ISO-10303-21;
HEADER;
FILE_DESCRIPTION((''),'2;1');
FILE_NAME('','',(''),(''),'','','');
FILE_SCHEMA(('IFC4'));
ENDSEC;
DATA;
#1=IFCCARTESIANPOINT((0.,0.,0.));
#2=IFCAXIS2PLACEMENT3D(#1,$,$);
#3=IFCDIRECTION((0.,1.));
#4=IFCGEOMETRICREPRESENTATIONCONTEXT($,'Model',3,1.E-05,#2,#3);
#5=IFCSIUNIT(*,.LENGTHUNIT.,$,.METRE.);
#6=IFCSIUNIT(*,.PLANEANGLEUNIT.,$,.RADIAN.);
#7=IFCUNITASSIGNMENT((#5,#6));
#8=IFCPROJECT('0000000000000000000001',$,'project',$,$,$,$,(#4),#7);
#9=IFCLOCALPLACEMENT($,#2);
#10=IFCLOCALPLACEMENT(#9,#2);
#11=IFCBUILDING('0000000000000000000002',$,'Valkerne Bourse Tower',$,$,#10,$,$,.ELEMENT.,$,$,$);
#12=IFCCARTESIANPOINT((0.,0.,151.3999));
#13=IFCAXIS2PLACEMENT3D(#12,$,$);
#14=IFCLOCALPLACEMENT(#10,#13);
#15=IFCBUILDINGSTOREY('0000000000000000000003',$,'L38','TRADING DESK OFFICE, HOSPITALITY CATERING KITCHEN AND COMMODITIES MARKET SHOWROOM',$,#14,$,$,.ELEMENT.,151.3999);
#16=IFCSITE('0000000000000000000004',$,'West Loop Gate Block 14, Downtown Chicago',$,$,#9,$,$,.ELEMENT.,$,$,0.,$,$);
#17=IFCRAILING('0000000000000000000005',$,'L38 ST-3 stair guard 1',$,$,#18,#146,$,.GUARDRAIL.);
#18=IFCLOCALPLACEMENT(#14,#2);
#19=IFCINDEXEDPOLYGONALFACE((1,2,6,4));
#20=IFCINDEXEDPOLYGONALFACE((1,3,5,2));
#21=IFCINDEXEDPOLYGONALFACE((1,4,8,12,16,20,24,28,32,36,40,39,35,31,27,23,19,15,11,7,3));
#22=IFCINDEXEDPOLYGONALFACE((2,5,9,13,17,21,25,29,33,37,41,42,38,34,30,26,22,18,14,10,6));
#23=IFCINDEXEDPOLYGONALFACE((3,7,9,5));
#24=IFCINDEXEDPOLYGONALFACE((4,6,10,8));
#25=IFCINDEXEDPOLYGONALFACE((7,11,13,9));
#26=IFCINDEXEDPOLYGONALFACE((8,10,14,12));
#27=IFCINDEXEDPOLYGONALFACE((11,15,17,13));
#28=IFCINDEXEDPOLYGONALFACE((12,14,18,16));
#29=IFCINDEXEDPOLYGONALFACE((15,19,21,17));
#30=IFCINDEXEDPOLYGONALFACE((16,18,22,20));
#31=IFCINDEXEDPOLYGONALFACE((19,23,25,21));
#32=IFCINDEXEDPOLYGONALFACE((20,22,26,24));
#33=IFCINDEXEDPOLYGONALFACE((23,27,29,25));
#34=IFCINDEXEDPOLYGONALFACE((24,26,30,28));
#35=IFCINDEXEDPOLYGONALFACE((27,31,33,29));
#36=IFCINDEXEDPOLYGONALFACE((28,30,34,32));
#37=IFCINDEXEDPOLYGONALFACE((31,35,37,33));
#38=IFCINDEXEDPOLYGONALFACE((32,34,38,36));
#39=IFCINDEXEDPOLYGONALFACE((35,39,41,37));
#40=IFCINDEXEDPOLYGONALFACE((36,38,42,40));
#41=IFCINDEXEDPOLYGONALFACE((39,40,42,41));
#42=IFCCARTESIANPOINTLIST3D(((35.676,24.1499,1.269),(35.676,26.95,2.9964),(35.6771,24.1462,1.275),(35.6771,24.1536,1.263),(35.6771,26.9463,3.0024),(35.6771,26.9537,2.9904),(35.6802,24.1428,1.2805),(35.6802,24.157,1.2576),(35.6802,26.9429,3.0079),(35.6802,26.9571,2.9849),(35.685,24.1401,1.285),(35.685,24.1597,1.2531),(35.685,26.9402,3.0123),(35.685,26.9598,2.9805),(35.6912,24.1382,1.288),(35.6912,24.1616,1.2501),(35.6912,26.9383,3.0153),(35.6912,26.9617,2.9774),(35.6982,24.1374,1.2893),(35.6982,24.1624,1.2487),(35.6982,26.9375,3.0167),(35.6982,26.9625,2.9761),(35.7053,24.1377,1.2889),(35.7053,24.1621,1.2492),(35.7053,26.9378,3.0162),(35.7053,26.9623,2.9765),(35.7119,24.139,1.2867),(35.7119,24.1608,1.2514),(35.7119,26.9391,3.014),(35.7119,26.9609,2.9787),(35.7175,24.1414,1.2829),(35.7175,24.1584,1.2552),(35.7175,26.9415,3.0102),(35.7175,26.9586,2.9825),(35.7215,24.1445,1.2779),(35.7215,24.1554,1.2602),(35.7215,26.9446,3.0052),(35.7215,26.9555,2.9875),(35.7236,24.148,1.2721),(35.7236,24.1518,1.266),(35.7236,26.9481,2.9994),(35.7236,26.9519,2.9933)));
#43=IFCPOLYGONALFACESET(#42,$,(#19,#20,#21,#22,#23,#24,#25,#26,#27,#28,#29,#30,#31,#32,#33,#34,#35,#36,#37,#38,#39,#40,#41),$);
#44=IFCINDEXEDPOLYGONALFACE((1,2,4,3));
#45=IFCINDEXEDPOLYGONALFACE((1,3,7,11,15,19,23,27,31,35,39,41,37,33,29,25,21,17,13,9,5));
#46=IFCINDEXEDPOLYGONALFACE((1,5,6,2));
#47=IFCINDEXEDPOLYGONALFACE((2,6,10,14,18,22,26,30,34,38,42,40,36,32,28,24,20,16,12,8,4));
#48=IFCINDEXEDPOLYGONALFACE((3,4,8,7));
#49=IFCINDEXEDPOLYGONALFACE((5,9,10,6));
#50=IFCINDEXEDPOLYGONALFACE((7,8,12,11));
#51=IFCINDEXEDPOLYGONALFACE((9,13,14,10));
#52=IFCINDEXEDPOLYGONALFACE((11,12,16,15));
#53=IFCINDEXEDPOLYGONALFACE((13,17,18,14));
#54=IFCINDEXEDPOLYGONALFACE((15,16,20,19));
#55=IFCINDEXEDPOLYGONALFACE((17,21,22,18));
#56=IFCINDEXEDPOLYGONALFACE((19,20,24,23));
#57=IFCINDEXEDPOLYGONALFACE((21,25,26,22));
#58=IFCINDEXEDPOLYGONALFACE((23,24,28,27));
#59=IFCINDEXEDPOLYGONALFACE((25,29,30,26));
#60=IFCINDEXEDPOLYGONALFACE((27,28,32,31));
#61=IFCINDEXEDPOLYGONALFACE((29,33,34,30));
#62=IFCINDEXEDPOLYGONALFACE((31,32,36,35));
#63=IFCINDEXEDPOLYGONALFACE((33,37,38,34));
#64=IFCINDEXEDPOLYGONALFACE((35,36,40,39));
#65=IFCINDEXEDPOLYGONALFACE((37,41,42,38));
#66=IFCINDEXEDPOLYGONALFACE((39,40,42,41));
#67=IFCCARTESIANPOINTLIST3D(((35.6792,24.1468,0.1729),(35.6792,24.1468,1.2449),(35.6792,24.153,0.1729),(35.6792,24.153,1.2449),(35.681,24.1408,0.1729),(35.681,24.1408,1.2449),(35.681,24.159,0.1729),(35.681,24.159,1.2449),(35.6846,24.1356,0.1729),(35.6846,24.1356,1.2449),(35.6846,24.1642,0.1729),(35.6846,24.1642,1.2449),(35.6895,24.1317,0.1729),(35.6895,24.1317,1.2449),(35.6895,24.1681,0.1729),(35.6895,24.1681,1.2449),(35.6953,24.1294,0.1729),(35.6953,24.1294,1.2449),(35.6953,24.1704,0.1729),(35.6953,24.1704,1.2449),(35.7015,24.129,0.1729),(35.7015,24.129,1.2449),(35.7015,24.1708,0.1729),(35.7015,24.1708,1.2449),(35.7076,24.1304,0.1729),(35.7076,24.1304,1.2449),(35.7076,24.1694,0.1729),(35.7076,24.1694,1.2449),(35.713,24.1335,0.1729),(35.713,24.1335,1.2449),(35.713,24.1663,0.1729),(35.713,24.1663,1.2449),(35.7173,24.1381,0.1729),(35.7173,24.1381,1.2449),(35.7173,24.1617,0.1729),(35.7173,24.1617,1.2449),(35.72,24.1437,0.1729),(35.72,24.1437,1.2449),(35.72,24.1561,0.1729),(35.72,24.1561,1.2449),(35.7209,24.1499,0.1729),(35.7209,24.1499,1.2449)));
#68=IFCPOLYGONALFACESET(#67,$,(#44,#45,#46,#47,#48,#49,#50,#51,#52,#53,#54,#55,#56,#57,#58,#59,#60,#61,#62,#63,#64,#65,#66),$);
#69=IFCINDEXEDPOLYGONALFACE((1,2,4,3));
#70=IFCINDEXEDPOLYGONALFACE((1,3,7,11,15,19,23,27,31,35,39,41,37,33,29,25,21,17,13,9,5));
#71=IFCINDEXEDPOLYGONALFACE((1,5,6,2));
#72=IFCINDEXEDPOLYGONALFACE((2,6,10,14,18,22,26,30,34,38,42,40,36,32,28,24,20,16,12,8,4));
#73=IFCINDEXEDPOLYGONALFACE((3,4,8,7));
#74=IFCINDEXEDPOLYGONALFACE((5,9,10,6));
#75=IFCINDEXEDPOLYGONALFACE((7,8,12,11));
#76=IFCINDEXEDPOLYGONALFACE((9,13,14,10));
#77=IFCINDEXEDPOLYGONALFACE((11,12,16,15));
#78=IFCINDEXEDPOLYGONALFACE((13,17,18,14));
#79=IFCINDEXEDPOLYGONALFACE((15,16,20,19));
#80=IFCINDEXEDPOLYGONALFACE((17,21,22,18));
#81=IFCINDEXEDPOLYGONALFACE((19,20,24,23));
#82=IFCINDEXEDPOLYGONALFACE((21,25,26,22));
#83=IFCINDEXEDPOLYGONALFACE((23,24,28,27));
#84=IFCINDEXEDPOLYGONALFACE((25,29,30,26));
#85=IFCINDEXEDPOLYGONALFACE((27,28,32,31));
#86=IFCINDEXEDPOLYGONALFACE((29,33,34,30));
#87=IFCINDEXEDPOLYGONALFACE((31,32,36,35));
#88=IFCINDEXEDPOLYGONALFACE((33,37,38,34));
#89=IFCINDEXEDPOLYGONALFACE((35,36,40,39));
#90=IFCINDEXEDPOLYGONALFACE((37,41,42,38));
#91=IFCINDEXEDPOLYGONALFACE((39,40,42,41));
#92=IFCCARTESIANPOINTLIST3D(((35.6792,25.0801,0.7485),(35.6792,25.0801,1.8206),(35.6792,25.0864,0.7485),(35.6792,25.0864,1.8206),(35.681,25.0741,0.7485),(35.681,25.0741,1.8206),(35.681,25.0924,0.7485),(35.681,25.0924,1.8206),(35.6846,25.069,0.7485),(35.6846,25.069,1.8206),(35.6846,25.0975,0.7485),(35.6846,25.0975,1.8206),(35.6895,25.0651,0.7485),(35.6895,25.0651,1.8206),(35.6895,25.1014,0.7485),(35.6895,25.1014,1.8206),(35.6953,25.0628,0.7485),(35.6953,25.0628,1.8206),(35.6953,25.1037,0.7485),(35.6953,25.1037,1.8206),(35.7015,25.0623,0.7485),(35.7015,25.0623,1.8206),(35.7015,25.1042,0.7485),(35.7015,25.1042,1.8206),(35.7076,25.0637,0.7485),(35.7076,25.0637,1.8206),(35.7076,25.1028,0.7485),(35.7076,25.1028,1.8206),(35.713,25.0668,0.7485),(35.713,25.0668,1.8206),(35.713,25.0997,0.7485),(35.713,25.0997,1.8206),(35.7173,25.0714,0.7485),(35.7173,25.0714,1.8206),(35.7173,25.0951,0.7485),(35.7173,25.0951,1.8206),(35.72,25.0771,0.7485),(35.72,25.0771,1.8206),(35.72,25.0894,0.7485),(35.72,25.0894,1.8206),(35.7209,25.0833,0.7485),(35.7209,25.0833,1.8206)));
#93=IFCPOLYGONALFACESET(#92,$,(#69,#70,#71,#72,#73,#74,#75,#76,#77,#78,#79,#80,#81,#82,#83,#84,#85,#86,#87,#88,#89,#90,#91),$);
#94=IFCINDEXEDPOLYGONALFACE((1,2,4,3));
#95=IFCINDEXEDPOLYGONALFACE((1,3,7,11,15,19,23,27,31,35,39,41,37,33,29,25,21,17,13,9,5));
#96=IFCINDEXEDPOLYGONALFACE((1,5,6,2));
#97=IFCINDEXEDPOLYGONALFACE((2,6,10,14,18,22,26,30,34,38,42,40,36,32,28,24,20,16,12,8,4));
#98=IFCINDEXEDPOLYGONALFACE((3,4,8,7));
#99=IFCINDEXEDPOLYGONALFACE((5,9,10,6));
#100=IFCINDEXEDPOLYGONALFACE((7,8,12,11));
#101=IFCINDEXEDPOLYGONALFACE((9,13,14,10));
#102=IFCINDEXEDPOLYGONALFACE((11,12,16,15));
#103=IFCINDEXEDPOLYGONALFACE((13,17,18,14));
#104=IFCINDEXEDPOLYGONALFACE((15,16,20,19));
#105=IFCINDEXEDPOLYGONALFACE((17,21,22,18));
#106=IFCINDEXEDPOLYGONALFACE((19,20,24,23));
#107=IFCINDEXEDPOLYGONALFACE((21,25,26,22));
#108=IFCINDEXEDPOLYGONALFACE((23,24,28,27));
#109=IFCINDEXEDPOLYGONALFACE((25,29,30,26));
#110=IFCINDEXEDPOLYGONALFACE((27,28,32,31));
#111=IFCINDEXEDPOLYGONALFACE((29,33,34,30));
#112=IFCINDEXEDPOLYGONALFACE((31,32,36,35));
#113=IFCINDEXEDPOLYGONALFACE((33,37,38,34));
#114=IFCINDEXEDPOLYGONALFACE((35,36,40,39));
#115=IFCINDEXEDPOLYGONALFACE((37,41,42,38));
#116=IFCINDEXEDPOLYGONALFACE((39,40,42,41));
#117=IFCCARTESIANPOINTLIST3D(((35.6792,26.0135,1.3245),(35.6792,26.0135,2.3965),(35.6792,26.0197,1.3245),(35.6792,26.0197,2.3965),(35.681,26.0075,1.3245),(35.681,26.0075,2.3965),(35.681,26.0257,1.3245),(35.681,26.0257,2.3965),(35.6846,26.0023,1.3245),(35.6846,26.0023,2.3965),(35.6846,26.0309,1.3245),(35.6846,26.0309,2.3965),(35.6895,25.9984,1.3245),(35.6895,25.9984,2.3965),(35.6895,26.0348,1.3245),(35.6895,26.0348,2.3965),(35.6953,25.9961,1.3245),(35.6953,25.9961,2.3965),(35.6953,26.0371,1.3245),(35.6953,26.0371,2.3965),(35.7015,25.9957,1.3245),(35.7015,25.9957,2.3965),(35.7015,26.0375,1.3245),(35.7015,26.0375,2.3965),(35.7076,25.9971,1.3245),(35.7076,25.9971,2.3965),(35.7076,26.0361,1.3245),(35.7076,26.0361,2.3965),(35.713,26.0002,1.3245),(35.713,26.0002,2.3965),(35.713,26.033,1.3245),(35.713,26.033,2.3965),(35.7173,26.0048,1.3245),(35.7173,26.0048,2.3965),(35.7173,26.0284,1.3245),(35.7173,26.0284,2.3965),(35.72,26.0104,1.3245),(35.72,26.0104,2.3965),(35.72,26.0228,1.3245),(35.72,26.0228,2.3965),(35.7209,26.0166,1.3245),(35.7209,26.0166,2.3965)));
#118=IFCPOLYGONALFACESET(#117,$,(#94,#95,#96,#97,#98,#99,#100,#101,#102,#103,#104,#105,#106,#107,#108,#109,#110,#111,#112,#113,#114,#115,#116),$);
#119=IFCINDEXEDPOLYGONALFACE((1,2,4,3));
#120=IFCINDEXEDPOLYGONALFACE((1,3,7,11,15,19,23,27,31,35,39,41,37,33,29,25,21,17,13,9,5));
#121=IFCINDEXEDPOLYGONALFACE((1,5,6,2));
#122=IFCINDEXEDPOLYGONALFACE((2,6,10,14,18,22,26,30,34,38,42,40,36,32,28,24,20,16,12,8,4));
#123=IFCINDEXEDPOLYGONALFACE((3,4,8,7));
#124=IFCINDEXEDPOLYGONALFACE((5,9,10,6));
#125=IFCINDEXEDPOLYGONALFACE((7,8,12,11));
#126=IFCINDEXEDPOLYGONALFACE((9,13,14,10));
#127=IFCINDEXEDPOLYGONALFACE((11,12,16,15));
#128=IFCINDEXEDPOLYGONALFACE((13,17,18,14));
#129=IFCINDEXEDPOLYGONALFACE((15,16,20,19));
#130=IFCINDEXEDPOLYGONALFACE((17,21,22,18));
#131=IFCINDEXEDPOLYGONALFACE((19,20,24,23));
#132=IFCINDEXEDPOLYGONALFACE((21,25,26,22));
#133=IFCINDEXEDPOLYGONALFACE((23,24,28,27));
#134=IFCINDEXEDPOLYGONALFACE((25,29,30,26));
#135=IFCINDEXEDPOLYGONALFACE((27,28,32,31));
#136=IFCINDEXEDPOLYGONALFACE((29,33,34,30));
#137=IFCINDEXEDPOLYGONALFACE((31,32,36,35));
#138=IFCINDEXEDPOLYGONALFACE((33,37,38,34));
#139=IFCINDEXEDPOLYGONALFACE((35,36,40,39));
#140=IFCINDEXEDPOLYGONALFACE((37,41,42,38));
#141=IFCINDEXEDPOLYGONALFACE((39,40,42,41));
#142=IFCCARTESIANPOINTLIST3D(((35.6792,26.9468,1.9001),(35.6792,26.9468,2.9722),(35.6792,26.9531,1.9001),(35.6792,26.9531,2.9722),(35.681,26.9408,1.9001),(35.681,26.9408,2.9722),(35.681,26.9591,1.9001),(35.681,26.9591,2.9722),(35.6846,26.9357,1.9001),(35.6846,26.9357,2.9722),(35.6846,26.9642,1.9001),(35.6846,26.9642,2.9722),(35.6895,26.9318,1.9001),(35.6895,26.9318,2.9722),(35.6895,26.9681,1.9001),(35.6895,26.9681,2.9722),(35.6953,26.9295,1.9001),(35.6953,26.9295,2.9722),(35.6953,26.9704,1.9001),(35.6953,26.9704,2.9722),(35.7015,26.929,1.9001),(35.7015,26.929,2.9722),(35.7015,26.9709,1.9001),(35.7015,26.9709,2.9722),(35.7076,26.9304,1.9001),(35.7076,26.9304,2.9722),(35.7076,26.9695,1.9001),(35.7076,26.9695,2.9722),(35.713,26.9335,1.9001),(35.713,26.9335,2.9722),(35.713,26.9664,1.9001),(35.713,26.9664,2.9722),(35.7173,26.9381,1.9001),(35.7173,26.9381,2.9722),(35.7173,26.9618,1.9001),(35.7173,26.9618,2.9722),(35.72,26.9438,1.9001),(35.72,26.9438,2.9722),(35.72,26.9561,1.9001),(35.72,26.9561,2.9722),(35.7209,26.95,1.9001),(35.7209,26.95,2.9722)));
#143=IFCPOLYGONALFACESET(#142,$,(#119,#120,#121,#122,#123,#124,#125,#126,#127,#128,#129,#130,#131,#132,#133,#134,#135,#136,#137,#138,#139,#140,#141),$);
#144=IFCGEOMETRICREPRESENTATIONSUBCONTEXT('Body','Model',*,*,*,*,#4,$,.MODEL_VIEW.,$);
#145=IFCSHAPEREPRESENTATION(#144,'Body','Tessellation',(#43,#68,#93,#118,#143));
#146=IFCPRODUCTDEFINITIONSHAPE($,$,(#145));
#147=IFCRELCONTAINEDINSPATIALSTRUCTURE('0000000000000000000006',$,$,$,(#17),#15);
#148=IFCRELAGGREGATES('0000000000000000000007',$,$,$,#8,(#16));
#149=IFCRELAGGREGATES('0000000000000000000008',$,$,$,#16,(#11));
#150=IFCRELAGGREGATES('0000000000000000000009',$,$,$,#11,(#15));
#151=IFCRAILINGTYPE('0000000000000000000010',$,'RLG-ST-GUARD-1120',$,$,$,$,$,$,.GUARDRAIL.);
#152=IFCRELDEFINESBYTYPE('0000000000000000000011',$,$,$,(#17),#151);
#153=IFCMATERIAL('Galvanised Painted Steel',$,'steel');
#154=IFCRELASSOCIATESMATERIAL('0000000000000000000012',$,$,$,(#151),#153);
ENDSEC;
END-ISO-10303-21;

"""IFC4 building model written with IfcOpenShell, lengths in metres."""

from ifc_helpers import new_model, si_unit, direction, frame, origin, origin_2d, place, context, subcontext, project, spatial, circle, extrude, material, type_object, element, save


model = new_model("IFC4")

# Units and contexts
model_context = context("Model", 3, precision=1e-05, world=origin(), true_north=direction((0.0, 1.0)))
body_context = subcontext(model_context, "Body", "Model", "MODEL_VIEW")
ifc_project = project(units=[si_unit("LENGTHUNIT", "METRE"), si_unit("PLANEANGLEUNIT", "RADIAN")], contexts=[model_context])

# Site, building, storey
site_placement = place(None, origin())
site = spatial("IfcSite", under=ifc_project, at=site_placement, Name="West Loop Gate Block 14, Downtown Chicago", CompositionType="ELEMENT", RefElevation=0.0)
building_placement = place(site_placement, origin())
building = spatial("IfcBuilding", under=site, at=building_placement, Name="Valkerne Bourse Tower", CompositionType="ELEMENT")
storey_placement = place(building_placement, frame((0.0, 0.0, 151.3999)))
storey = spatial("IfcBuildingStorey", under=building, at=storey_placement, Name="L38", Description="TRADING DESK OFFICE, HOSPITALITY CATERING KITCHEN AND COMMODITIES MARKET SHOWROOM", CompositionType="ELEMENT", Elevation=151.3999)

# Railing
ifc_material_1 = material(Name="Galvanised Painted Steel", Category="steel")
railing_type_1 = type_object("IfcRailingType", Name="RLG-ST-GUARD-1120", PredefinedType="GUARDRAIL", material=ifc_material_1)
railing_1_placement = place(storey_placement, frame((35.7, 24.1499, 0.1729)))
element("IfcRailing", 1, at=railing_1_placement, inside=storey, type_object=railing_type_1, Name="L38 ST-3 stair guard 1", PredefinedType="GUARDRAIL", context=body_context, shape_type="SweptSolid", body=[
    extrude(circle(Radius=0.0239, at=origin_2d()), frame((0.0, 0.0, 1.0962), z_axis=(0.0, 0.85109, 0.52502), x_axis=(-1.0, 0.0, 0.0)), (0.0, 0.0, 1.0), 3.29),
    extrude(circle(Radius=0.021, at=origin_2d()), origin(), (0.0, 0.0, 1.0), 1.072),
    extrude(circle(Radius=0.021, at=origin_2d()), frame((0.0, 0.9333, 0.5757)), (0.0, 0.0, 1.0), 1.072),
    extrude(circle(Radius=0.021, at=origin_2d()), frame((0.0, 1.8667, 1.1516)), (0.0, 0.0, 1.0), 1.072),
    extrude(circle(Radius=0.021, at=origin_2d()), frame((0.0, 2.8, 1.7273)), (0.0, 0.0, 1.0), 1.072),
])

save(model, "model.ifc")
